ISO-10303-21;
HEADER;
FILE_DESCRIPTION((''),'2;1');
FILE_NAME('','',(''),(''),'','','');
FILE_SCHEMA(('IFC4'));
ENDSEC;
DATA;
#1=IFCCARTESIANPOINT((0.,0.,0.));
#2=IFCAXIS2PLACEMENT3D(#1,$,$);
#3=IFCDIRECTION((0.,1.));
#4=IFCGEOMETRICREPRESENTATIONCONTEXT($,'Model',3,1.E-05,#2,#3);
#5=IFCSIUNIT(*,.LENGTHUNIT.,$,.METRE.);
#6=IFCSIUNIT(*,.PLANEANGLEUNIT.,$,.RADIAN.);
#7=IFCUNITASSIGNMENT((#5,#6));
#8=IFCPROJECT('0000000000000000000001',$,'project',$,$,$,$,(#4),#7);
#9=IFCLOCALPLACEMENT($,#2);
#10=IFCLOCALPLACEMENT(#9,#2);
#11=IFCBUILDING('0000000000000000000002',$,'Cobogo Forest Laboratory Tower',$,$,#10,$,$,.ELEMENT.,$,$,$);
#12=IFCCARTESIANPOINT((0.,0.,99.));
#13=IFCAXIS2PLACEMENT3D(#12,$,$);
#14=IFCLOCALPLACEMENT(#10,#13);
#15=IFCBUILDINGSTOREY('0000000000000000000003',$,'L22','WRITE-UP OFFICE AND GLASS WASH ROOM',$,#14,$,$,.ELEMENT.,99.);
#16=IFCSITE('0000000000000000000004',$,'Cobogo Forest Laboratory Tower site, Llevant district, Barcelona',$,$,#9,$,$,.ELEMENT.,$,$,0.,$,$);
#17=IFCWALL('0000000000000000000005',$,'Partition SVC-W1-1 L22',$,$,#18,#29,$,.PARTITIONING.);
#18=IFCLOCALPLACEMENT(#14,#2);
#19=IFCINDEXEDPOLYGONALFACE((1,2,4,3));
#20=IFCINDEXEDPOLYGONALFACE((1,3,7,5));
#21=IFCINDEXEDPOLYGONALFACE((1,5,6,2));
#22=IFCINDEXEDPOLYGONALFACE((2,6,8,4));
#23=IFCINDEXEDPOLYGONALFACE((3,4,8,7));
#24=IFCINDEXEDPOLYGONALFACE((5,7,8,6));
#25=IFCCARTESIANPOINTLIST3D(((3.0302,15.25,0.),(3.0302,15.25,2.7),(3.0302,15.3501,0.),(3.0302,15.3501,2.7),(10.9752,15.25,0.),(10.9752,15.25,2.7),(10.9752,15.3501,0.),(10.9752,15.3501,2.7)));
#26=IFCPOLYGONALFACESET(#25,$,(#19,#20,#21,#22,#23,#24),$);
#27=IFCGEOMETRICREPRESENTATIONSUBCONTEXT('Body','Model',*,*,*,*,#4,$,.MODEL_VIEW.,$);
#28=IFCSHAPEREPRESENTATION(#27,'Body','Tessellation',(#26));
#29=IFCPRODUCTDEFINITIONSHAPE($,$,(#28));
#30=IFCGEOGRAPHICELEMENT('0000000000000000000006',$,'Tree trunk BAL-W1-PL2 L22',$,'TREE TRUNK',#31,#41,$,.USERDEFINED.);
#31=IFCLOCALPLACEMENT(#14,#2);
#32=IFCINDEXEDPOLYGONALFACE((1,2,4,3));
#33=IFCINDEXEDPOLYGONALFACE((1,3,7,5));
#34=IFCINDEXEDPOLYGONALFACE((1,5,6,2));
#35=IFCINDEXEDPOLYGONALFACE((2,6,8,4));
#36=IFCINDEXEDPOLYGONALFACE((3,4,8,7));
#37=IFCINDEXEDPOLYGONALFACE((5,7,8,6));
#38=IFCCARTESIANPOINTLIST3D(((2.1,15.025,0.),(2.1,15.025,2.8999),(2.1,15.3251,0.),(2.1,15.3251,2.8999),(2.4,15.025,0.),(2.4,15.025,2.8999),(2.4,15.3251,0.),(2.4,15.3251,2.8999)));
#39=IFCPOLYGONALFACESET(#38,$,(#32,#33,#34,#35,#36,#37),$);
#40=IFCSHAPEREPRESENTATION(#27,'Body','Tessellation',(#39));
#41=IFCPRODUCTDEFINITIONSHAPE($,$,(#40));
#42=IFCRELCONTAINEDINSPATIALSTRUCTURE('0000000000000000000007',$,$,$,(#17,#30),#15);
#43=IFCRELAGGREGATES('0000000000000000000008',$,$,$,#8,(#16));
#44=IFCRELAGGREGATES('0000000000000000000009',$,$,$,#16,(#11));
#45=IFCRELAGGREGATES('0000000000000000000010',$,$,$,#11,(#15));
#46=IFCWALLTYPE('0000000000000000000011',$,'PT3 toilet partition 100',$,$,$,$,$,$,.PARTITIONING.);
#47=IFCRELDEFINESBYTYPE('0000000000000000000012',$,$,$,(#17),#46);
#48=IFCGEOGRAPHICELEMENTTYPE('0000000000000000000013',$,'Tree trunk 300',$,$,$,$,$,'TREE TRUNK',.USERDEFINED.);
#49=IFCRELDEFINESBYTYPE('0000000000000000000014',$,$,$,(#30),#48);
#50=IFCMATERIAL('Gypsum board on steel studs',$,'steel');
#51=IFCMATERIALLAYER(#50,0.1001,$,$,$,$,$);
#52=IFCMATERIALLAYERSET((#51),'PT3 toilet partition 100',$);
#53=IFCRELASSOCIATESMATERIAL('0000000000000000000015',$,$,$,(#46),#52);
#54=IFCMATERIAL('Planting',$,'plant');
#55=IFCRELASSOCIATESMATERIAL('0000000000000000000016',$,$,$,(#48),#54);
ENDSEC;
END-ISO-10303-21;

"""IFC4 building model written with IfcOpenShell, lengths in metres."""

from ifc_helpers import new_model, si_unit, direction, frame, frame_2d, origin, origin_2d, place, context, subcontext, project, spatial, rectangle, extrude, material, layer, layer_set, type_object, element, save


model = new_model("IFC4")

# Units and contexts
model_context = context("Model", 3, precision=1e-05, world=origin(), true_north=direction((0.0, 1.0)))
body_context = subcontext(model_context, "Body", "Model", "MODEL_VIEW")
ifc_project = project(units=[si_unit("LENGTHUNIT", "METRE"), si_unit("PLANEANGLEUNIT", "RADIAN")], contexts=[model_context])

# Site, building, storey
site_placement = place(None, origin())
site = spatial("IfcSite", under=ifc_project, at=site_placement, Name="Cobogo Forest Laboratory Tower site, Llevant district, Barcelona", CompositionType="ELEMENT", RefElevation=0.0)
building_placement = place(site_placement, origin())
building = spatial("IfcBuilding", under=site, at=building_placement, Name="Cobogo Forest Laboratory Tower", CompositionType="ELEMENT")
storey_placement = place(building_placement, frame((0.0, 0.0, 99.0)))
storey = spatial("IfcBuildingStorey", under=building, at=storey_placement, Name="L22", Description="WRITE-UP OFFICE AND GLASS WASH ROOM", CompositionType="ELEMENT", Elevation=99.0)

# Wall
ifc_material_1 = material(Name="Gypsum board on steel studs", Category="steel")
ifc_layer_1 = layer(ifc_material_1, 0.1001)
ifc_layer_set_1 = layer_set([ifc_layer_1], Name="PT3 toilet partition 100")
wall_type = type_object("IfcWallType", Name="PT3 toilet partition 100", PredefinedType="PARTITIONING", material=ifc_layer_set_1)
wall_placement = place(storey_placement, frame((3.03, 15.3, 0.0), z_axis=(0.0, 0.0, 1.0), x_axis=(1.0, 0.0, 0.0)))
element("IfcWall", 1, at=wall_placement, inside=storey, type_object=wall_type, Name="Partition SVC-W1-1 L22", PredefinedType="PARTITIONING", context=body_context, shape_type="SweptSolid", body=[
    extrude(rectangle(XDim=7.9451, YDim=0.1001, at=frame_2d((3.9727, 0.0))), origin(), (0.0, 0.0, 1.0), 2.7),
])

# Geographic element
ifc_material_2 = material(Name="Planting", Category="plant")
geographic_element_type = type_object("IfcGeographicElementType", Name="Tree trunk 300", ElementType="TREE TRUNK", PredefinedType="USERDEFINED", material=ifc_material_2)
geographic_element_placement = place(storey_placement, frame((2.25, 15.175, 0.0), z_axis=(0.0, 0.0, 1.0), x_axis=(1.0, 0.0, 0.0)))
element("IfcGeographicElement", 2, at=geographic_element_placement, inside=storey, type_object=geographic_element_type, Name="Tree trunk BAL-W1-PL2 L22", ObjectType="TREE TRUNK", PredefinedType="USERDEFINED", context=body_context, shape_type="SweptSolid", body=[
    extrude(rectangle(XDim=0.3, YDim=0.3, at=origin_2d()), origin(), (0.0, 0.0, 1.0), 2.8999),
])

save(model, "model.ifc")
